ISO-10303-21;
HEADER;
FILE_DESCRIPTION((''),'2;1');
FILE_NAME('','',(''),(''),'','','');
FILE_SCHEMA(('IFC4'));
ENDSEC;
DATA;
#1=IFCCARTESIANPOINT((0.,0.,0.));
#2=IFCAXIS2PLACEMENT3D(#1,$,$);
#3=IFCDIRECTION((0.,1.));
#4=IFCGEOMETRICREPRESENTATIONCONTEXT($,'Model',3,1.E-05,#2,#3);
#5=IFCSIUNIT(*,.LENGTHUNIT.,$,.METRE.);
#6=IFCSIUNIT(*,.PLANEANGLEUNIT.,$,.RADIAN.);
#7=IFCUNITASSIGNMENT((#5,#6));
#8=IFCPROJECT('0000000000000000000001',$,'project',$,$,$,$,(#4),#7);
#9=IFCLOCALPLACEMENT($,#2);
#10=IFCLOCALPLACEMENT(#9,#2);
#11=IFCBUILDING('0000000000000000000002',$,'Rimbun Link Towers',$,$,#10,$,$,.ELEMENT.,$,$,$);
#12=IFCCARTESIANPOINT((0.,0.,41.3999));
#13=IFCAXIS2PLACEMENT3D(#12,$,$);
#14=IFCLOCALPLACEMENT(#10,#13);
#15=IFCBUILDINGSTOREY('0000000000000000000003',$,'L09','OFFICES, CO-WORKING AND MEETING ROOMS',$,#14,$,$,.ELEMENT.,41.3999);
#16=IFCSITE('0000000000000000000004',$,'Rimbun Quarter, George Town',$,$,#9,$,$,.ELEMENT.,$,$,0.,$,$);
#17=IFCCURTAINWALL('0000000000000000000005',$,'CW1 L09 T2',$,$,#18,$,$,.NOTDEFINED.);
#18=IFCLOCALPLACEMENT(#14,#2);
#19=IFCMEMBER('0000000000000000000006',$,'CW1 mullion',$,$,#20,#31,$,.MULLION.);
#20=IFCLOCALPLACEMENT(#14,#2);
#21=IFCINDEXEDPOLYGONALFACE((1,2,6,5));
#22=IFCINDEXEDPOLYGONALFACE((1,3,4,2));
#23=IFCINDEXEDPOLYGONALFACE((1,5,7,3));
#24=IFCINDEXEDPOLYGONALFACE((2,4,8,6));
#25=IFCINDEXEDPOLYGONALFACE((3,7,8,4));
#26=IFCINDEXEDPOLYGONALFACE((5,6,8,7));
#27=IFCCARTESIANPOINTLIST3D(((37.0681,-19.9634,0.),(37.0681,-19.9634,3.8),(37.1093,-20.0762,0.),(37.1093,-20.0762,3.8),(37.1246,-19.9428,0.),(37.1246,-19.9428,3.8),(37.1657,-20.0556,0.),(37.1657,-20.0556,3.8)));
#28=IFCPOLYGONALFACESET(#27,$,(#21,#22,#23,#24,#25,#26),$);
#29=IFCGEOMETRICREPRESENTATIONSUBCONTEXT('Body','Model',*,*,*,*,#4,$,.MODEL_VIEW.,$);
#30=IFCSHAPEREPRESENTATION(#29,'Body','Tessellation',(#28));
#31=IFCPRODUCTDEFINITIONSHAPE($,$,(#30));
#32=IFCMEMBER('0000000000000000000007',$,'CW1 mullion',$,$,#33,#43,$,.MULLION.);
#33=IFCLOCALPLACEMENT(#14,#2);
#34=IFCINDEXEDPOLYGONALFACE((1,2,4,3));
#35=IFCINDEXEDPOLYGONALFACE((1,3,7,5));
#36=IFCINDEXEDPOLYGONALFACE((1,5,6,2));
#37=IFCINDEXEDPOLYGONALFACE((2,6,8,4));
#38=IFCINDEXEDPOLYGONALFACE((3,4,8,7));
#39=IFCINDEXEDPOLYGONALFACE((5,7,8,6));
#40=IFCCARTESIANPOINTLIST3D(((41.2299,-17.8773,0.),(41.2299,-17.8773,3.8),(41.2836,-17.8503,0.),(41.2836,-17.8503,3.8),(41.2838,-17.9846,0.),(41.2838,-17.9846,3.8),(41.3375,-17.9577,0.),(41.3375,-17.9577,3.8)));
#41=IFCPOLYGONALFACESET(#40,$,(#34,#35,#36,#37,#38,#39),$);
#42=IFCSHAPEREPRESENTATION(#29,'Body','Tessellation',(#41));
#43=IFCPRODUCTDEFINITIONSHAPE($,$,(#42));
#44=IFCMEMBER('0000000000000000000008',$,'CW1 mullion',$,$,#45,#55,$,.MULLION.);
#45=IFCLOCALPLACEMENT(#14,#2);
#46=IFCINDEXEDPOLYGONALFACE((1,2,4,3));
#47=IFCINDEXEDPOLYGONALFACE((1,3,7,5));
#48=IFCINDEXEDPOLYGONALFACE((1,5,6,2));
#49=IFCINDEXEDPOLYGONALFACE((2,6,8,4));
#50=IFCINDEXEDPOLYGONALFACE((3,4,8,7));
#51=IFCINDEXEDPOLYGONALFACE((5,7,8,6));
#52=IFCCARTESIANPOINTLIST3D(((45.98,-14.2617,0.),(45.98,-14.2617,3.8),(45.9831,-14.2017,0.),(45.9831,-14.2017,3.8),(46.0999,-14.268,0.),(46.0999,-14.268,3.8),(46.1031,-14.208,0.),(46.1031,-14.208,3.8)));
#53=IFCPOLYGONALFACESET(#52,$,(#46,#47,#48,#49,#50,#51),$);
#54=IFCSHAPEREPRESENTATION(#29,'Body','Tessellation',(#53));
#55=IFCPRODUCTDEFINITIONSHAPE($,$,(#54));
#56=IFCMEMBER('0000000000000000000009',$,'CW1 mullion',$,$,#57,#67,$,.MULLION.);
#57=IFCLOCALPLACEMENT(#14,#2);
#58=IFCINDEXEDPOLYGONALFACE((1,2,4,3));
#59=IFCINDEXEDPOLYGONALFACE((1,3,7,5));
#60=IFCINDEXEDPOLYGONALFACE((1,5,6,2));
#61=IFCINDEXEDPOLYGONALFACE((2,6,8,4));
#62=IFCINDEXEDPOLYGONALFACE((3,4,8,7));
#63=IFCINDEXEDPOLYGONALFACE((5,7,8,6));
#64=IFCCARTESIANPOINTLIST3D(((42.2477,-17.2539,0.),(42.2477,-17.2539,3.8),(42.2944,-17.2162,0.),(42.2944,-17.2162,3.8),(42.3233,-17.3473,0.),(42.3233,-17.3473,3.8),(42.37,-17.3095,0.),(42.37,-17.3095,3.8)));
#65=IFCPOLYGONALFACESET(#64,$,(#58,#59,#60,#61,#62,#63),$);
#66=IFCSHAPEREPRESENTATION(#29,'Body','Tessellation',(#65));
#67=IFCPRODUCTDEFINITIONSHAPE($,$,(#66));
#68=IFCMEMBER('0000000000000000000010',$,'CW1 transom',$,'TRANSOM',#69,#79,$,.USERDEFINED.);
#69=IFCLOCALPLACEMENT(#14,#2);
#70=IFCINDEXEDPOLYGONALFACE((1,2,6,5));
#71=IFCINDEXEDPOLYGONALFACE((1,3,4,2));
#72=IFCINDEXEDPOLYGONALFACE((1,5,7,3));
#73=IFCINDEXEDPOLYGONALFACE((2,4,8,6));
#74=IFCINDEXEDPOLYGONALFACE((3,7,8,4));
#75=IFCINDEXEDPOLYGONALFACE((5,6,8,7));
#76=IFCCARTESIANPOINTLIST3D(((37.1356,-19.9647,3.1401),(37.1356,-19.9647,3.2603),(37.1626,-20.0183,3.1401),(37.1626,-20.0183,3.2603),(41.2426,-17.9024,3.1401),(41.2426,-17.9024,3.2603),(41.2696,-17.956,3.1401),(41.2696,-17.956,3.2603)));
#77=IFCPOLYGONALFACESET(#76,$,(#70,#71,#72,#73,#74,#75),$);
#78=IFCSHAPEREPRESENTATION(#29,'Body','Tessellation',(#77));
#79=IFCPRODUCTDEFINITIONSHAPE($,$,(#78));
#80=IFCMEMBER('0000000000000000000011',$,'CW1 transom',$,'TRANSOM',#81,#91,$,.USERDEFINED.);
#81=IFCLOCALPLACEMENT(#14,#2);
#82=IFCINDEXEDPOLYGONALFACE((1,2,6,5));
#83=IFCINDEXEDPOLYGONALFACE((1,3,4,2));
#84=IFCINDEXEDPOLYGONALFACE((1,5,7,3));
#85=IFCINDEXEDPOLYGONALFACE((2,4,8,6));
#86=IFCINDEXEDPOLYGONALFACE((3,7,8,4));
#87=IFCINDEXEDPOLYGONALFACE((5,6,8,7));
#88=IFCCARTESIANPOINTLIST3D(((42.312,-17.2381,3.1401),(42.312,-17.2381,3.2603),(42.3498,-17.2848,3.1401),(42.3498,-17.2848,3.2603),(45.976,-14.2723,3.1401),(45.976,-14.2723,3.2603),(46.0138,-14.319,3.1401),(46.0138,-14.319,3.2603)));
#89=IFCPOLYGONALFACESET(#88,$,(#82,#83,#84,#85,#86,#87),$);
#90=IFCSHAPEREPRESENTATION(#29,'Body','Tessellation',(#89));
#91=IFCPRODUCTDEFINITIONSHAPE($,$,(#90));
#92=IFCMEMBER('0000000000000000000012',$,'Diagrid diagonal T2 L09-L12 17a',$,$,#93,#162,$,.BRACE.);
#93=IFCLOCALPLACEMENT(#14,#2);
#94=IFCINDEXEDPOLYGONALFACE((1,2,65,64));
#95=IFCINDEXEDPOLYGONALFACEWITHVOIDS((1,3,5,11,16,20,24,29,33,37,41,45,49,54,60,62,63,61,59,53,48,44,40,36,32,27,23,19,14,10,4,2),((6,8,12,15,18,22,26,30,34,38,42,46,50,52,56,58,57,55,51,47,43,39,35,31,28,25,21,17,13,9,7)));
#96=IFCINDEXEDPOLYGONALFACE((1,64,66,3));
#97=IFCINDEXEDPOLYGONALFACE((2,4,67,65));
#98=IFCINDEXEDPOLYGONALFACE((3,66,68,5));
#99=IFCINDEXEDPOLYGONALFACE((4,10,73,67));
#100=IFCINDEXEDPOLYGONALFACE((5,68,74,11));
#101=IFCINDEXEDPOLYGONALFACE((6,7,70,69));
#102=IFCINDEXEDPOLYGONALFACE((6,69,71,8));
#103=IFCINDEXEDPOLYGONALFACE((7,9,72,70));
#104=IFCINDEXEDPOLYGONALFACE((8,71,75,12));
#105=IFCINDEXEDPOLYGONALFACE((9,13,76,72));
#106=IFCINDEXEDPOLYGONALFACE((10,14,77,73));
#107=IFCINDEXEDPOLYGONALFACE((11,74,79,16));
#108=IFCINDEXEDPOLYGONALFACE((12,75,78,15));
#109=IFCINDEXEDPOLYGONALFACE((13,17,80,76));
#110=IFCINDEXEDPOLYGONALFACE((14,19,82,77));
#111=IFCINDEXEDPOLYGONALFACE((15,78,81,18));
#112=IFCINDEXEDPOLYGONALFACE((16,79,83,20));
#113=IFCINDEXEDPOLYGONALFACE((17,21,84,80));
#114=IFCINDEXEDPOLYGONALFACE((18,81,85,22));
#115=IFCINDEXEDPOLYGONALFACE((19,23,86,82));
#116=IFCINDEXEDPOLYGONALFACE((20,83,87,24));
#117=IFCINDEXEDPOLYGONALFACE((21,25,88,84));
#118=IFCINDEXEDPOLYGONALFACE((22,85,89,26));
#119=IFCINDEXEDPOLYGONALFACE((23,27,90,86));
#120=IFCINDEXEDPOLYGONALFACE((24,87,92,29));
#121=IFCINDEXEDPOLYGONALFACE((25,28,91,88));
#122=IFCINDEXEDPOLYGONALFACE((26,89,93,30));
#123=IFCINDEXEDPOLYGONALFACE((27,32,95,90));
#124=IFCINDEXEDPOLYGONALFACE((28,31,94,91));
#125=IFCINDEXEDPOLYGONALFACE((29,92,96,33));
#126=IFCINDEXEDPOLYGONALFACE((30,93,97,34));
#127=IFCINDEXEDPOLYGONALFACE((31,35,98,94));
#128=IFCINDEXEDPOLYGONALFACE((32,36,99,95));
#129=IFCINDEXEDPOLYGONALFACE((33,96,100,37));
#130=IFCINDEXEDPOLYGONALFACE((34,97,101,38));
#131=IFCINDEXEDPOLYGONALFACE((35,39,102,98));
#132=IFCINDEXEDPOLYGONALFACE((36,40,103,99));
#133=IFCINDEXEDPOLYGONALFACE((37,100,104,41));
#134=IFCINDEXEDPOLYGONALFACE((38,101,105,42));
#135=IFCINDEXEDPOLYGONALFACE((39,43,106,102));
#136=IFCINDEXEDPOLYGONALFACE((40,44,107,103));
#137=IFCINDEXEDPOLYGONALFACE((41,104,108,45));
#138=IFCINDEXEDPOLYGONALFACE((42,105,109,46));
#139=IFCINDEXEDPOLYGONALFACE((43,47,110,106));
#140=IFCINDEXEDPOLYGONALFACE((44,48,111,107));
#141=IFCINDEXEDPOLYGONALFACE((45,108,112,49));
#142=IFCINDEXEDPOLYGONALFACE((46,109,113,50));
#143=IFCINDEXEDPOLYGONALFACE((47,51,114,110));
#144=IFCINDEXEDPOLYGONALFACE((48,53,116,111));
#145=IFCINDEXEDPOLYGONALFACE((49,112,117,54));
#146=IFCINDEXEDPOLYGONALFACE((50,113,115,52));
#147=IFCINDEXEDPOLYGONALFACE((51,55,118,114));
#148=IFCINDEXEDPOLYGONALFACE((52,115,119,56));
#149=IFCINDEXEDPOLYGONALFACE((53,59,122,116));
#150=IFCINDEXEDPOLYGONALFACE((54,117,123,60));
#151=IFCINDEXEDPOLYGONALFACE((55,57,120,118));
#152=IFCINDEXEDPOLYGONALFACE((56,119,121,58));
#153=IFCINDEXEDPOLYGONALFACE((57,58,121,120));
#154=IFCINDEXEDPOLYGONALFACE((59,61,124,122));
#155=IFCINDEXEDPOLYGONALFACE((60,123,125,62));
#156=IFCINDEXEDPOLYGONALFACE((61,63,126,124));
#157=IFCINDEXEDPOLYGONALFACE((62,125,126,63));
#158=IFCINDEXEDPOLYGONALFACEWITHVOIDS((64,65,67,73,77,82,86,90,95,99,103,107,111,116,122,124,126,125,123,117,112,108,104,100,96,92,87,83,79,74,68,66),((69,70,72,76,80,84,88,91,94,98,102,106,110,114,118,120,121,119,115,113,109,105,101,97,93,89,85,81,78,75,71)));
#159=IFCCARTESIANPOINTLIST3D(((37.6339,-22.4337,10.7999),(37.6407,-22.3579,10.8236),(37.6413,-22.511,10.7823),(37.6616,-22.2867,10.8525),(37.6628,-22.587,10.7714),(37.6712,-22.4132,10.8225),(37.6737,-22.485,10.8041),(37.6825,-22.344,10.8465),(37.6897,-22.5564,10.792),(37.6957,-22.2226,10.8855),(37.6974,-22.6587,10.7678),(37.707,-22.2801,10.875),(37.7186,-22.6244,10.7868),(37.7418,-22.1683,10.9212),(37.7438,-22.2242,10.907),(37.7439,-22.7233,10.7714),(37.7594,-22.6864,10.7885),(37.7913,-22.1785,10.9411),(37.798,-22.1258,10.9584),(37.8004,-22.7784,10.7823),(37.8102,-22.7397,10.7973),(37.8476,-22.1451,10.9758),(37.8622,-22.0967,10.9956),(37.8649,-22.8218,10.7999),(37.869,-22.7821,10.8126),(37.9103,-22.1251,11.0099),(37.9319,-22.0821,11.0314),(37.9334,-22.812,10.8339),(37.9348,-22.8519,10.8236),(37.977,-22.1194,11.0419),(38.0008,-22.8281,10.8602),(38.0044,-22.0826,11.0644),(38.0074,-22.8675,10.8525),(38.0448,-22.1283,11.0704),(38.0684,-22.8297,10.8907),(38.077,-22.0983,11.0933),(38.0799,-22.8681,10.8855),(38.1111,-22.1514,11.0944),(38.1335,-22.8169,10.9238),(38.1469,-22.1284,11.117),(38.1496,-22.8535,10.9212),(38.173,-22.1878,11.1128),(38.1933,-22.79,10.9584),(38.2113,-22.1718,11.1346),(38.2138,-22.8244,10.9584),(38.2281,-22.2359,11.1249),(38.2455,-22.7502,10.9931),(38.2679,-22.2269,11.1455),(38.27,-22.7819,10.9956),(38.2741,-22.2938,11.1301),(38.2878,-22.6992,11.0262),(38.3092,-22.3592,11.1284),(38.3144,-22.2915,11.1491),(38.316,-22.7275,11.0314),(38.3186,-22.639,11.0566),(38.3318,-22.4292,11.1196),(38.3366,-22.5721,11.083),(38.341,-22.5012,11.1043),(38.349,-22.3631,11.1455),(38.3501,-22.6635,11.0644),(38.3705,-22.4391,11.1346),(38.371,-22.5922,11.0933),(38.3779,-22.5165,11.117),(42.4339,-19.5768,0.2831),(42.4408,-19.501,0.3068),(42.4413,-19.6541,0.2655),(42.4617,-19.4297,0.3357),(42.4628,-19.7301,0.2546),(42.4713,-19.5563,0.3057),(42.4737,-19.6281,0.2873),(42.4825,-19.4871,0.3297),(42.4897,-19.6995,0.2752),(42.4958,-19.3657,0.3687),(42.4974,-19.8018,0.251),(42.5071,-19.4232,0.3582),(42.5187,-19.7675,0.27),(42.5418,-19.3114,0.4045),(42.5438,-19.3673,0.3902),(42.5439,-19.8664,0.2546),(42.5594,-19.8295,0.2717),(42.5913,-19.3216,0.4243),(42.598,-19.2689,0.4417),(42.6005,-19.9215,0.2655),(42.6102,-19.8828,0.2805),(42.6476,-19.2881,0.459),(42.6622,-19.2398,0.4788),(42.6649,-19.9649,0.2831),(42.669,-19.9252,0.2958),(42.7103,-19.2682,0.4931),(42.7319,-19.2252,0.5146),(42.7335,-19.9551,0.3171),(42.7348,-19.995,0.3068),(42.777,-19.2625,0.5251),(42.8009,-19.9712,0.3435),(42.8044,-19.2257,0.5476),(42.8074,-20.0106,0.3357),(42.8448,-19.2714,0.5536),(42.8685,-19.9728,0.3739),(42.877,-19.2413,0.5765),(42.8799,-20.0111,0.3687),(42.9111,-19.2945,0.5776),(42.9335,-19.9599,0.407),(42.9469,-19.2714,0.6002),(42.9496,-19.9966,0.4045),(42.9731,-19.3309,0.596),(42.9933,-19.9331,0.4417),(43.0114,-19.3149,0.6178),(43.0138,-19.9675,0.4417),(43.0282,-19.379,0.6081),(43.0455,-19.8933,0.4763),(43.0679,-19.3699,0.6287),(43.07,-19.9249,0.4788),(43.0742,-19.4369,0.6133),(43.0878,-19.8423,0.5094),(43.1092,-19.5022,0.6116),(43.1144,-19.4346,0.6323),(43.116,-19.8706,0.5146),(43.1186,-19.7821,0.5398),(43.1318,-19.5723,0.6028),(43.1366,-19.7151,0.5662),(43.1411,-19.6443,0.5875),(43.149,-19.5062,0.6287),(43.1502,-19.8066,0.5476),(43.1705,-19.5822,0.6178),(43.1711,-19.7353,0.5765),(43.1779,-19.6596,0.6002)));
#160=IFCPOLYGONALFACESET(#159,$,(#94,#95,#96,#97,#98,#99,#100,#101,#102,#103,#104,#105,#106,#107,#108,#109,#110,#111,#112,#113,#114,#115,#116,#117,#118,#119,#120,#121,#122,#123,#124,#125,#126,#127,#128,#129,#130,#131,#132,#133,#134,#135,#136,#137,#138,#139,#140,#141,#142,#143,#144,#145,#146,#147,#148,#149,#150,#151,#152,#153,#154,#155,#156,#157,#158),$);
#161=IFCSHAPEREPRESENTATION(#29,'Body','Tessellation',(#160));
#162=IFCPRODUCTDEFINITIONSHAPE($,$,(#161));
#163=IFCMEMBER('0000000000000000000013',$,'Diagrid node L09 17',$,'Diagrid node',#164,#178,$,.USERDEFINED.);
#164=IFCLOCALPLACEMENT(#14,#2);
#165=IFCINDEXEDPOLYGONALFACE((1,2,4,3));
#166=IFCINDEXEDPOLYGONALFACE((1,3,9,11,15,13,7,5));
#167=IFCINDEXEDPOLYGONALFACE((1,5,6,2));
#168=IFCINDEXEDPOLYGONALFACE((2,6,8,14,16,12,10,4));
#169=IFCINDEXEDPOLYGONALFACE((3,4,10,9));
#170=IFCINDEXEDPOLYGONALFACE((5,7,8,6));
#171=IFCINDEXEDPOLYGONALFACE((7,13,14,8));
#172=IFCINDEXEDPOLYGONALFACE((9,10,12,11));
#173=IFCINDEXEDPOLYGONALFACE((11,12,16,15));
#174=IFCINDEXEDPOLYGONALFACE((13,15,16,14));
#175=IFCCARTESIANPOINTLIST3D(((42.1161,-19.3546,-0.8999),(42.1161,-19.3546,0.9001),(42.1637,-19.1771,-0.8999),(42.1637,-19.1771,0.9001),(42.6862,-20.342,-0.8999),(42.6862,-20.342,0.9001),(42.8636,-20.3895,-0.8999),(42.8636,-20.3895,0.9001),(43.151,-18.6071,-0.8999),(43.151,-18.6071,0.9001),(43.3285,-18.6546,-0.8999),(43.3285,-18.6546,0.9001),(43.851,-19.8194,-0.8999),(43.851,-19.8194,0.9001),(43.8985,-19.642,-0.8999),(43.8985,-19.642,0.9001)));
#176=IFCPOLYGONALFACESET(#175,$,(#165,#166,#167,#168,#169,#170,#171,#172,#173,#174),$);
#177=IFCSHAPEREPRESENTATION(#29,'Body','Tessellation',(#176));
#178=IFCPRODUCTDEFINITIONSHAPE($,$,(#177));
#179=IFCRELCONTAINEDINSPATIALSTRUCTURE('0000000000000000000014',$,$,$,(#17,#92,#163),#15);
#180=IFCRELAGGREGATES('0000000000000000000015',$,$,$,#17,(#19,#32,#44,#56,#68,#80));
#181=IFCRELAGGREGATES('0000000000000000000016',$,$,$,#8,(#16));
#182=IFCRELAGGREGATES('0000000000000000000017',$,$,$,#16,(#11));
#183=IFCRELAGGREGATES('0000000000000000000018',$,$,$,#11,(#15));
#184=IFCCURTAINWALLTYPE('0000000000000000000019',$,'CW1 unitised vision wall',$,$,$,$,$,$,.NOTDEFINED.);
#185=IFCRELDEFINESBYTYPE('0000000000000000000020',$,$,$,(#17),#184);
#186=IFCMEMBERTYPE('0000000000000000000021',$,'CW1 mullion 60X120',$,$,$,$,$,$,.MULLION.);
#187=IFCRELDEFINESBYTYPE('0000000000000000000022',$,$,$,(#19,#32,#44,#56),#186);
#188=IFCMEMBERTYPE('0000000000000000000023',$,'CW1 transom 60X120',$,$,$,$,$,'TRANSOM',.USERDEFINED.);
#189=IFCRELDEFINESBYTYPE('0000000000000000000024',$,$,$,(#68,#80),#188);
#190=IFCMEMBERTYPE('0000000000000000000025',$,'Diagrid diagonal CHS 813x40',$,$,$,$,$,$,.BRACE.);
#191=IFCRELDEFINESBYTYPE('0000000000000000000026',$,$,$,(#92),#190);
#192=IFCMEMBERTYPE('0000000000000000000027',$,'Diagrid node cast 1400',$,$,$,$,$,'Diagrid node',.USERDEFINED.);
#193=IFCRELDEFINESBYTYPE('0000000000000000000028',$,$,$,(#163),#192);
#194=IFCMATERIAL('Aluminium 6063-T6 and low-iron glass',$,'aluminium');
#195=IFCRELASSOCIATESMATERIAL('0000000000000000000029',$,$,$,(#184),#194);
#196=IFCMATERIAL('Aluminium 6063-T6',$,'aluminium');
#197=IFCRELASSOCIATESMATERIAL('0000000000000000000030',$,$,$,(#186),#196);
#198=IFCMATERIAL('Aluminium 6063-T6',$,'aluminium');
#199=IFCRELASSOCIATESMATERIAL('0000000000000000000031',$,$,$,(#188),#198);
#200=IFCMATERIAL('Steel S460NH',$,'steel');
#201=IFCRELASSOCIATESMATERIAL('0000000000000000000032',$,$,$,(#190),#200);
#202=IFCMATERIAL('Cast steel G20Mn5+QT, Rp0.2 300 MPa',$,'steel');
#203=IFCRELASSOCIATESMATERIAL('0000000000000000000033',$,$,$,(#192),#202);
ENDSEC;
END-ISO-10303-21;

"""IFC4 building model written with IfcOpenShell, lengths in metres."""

from ifc_helpers import new_model, si_unit, direction, frame, origin, origin_2d, place, context, subcontext, project, spatial, polyline, rectangle, hollow_circle, outline, extrude, material, material_profile, profile_set, type_object, element, aggregate, save


model = new_model("IFC4")

# Units and contexts
model_context = context("Model", 3, precision=1e-05, world=origin(), true_north=direction((0.0, 1.0)))
body_context = subcontext(model_context, "Body", "Model", "MODEL_VIEW")
ifc_project = project(units=[si_unit("LENGTHUNIT", "METRE"), si_unit("PLANEANGLEUNIT", "RADIAN")], contexts=[model_context])

# Site, building, storey
site_placement = place(None, origin())
site = spatial("IfcSite", under=ifc_project, at=site_placement, Name="Rimbun Quarter, George Town", CompositionType="ELEMENT", RefElevation=0.0)
building_placement = place(site_placement, origin())
building = spatial("IfcBuilding", under=site, at=building_placement, Name="Rimbun Link Towers", CompositionType="ELEMENT")
storey_placement = place(building_placement, frame((0.0, 0.0, 41.3999)))
storey = spatial("IfcBuildingStorey", under=building, at=storey_placement, Name="L09", Description="OFFICES, CO-WORKING AND MEETING ROOMS", CompositionType="ELEMENT", Elevation=41.3999)

# Curtain wall, members
ifc_material_1 = material(Name="Aluminium 6063-T6 and low-iron glass", Category="aluminium")
curtain_wall_type = type_object("IfcCurtainWallType", Name="CW1 unitised vision wall", PredefinedType="NOTDEFINED", material=ifc_material_1)
curtain_wall_placement = place(storey_placement, origin())
curtain_wall = element("IfcCurtainWall", 1, at=curtain_wall_placement, inside=storey, type_object=curtain_wall_type, Name="CW1 L09 T2", PredefinedType="NOTDEFINED")
ifc_material_2 = material(Name="Aluminium 6063-T6", Category="aluminium")
ifc_material_profile_1 = material_profile(ifc_material_2, rectangle(XDim=0.1201, YDim=0.0601, at=origin_2d()), Name="MULLION 60X120")
ifc_profile_set_1 = profile_set([ifc_material_profile_1], Name="Aluminium 6063-T6")
member_type_1 = type_object("IfcMemberType", Name="CW1 mullion 60X120", PredefinedType="MULLION", material=ifc_profile_set_1)
member_1_placement = place(storey_placement, frame((37.1169, -20.0095, 0.0), z_axis=(0.0, 0.0, 1.0), x_axis=(0.342966, -0.939348, 0.0)))
member_1 = element("IfcMember", 2, at=member_1_placement, type_object=member_type_1, Name="CW1 mullion", PredefinedType="MULLION", context=body_context, shape_type="SweptSolid", body=[
    extrude(rectangle(XDim=0.1201, YDim=0.0601, at=origin_2d()), origin(), (0.0, 0.0, 1.0), 3.8),
])
member_2_placement = place(storey_placement, frame((41.2837, -17.9175, 0.0), z_axis=(0.0, 0.0, 1.0), x_axis=(0.448766, -0.893649, 0.0)))
member_2 = element("IfcMember", 3, at=member_2_placement, type_object=member_type_1, Name="CW1 mullion", PredefinedType="MULLION", context=body_context, shape_type="SweptSolid", body=[
    extrude(rectangle(XDim=0.1201, YDim=0.0601, at=origin_2d()), origin(), (0.0, 0.0, 1.0), 3.8),
])
member_3_placement = place(storey_placement, frame((46.0415, -14.2349, 0.0), z_axis=(0.0, 0.0, 1.0), x_axis=(0.998624, -0.052442, 0.0)))
member_3 = element("IfcMember", 4, at=member_3_placement, type_object=member_type_1, Name="CW1 mullion", PredefinedType="MULLION", context=body_context, shape_type="SweptSolid", body=[
    extrude(rectangle(XDim=0.1201, YDim=0.0601, at=origin_2d()), origin(), (0.0, 0.0, 1.0), 3.8),
])
member_4_placement = place(storey_placement, frame((42.3088, -17.2817, 0.0), z_axis=(0.0, 0.0, 1.0), x_axis=(0.629155, -0.77728, 0.0)))
member_4 = element("IfcMember", 5, at=member_4_placement, type_object=member_type_1, Name="CW1 mullion", PredefinedType="MULLION", context=body_context, shape_type="SweptSolid", body=[
    extrude(rectangle(XDim=0.1201, YDim=0.0601, at=origin_2d()), origin(), (0.0, 0.0, 1.0), 3.8),
])
ifc_material_3 = material(Name="Aluminium 6063-T6", Category="aluminium")
ifc_material_profile_2 = material_profile(ifc_material_3, rectangle(XDim=0.0601, YDim=0.1201, at=origin_2d()), Name="TRANSOM 60X120")
ifc_profile_set_2 = profile_set([ifc_material_profile_2], Name="Aluminium 6063-T6")
member_type_2 = type_object("IfcMemberType", Name="CW1 transom 60X120", ElementType="TRANSOM", PredefinedType="USERDEFINED", material=ifc_profile_set_2)
member_5_placement = place(storey_placement, frame((41.2561, -17.9292, 3.2002), z_axis=(-0.893661, -0.448743, 0.0), x_axis=(0.448743, -0.893661, 0.0)))
member_5 = element("IfcMember", 6, at=member_5_placement, type_object=member_type_2, Name="CW1 transom", ObjectType="TRANSOM", PredefinedType="USERDEFINED", context=body_context, shape_type="SweptSolid", body=[
    extrude(rectangle(XDim=0.0601, YDim=0.1201, at=origin_2d()), origin(), (0.0, 0.0, 1.0), 4.5957),
])
member_6_placement = place(storey_placement, frame((45.9949, -14.2957, 3.2002), z_axis=(-0.777279, -0.629157, 0.0), x_axis=(0.629157, -0.777279, 0.0)))
member_6 = element("IfcMember", 7, at=member_6_placement, type_object=member_type_2, Name="CW1 transom", ObjectType="TRANSOM", PredefinedType="USERDEFINED", context=body_context, shape_type="SweptSolid", body=[
    extrude(rectangle(XDim=0.0601, YDim=0.1201, at=origin_2d()), origin(), (0.0, 0.0, 1.0), 4.7139),
])

# Members
ifc_material_4 = material(Name="Steel S460NH", Category="steel")
ifc_material_profile_3 = material_profile(ifc_material_4, hollow_circle(Radius=0.4065, WallThickness=0.04, at=origin_2d()), Name="Diagrid diagonal CHS 813x40")
ifc_profile_set_3 = profile_set([ifc_material_profile_3], Name="Steel S460NH")
member_type_3 = type_object("IfcMemberType", Name="Diagrid diagonal CHS 813x40", PredefinedType="BRACE", material=ifc_profile_set_3)
member_7_placement = place(storey_placement, frame((42.8059, -19.6182, 0.4417), z_axis=(-0.403086, -0.239912, 0.883156), x_axis=(0.511452, -0.859312, 0.0)))
element("IfcMember", 8, at=member_7_placement, inside=storey, type_object=member_type_3, Name="Diagrid diagonal T2 L09-L12 17a", PredefinedType="BRACE", context=body_context, shape_type="SweptSolid", body=[
    extrude(hollow_circle(Radius=0.4065, WallThickness=0.04, at=origin_2d()), origin(), (0.0, 0.0, 1.0), 11.9082),
])
ifc_material_5 = material(Name="Cast steel G20Mn5+QT, Rp0.2 300 MPa", Category="steel")
ifc_material_profile_4 = material_profile(ifc_material_5, outline(polyline([(0.7, -0.5701), (0.7, 0.5701), (0.5701, 0.7), (-0.5701, 0.7), (-0.7, 0.5701), (-0.7, -0.5701), (-0.5701, -0.7), (0.5701, -0.7), (0.7, -0.5701)])), Name="NODE 1400x1400")
ifc_profile_set_4 = profile_set([ifc_material_profile_4], Name="Cast steel G20Mn5+QT, Rp0.2 300 MPa")
member_type_4 = type_object("IfcMemberType", Name="Diagrid node cast 1400", ElementType="Diagrid node", PredefinedType="USERDEFINED", material=ifc_profile_set_4)
member_8_placement = place(storey_placement, frame((43.0073, -19.4983, -0.8999), z_axis=(0.0, 0.0, 1.0), x_axis=(0.5, -0.866025, 0.0)))
element("IfcMember", 9, at=member_8_placement, inside=storey, type_object=member_type_4, Name="Diagrid node L09 17", ObjectType="Diagrid node", PredefinedType="USERDEFINED", context=body_context, shape_type="SweptSolid", body=[
    extrude(outline(polyline([(0.7, -0.5701), (0.7, 0.5701), (0.5701, 0.7), (-0.5701, 0.7), (-0.7, 0.5701), (-0.7, -0.5701), (-0.5701, -0.7), (0.5701, -0.7), (0.7, -0.5701)])), origin(), (0.0, 0.0, 1.0), 1.8),
])

aggregate(curtain_wall, [member_1, member_2, member_3, member_4, member_5, member_6])

save(model, "model.ifc")
